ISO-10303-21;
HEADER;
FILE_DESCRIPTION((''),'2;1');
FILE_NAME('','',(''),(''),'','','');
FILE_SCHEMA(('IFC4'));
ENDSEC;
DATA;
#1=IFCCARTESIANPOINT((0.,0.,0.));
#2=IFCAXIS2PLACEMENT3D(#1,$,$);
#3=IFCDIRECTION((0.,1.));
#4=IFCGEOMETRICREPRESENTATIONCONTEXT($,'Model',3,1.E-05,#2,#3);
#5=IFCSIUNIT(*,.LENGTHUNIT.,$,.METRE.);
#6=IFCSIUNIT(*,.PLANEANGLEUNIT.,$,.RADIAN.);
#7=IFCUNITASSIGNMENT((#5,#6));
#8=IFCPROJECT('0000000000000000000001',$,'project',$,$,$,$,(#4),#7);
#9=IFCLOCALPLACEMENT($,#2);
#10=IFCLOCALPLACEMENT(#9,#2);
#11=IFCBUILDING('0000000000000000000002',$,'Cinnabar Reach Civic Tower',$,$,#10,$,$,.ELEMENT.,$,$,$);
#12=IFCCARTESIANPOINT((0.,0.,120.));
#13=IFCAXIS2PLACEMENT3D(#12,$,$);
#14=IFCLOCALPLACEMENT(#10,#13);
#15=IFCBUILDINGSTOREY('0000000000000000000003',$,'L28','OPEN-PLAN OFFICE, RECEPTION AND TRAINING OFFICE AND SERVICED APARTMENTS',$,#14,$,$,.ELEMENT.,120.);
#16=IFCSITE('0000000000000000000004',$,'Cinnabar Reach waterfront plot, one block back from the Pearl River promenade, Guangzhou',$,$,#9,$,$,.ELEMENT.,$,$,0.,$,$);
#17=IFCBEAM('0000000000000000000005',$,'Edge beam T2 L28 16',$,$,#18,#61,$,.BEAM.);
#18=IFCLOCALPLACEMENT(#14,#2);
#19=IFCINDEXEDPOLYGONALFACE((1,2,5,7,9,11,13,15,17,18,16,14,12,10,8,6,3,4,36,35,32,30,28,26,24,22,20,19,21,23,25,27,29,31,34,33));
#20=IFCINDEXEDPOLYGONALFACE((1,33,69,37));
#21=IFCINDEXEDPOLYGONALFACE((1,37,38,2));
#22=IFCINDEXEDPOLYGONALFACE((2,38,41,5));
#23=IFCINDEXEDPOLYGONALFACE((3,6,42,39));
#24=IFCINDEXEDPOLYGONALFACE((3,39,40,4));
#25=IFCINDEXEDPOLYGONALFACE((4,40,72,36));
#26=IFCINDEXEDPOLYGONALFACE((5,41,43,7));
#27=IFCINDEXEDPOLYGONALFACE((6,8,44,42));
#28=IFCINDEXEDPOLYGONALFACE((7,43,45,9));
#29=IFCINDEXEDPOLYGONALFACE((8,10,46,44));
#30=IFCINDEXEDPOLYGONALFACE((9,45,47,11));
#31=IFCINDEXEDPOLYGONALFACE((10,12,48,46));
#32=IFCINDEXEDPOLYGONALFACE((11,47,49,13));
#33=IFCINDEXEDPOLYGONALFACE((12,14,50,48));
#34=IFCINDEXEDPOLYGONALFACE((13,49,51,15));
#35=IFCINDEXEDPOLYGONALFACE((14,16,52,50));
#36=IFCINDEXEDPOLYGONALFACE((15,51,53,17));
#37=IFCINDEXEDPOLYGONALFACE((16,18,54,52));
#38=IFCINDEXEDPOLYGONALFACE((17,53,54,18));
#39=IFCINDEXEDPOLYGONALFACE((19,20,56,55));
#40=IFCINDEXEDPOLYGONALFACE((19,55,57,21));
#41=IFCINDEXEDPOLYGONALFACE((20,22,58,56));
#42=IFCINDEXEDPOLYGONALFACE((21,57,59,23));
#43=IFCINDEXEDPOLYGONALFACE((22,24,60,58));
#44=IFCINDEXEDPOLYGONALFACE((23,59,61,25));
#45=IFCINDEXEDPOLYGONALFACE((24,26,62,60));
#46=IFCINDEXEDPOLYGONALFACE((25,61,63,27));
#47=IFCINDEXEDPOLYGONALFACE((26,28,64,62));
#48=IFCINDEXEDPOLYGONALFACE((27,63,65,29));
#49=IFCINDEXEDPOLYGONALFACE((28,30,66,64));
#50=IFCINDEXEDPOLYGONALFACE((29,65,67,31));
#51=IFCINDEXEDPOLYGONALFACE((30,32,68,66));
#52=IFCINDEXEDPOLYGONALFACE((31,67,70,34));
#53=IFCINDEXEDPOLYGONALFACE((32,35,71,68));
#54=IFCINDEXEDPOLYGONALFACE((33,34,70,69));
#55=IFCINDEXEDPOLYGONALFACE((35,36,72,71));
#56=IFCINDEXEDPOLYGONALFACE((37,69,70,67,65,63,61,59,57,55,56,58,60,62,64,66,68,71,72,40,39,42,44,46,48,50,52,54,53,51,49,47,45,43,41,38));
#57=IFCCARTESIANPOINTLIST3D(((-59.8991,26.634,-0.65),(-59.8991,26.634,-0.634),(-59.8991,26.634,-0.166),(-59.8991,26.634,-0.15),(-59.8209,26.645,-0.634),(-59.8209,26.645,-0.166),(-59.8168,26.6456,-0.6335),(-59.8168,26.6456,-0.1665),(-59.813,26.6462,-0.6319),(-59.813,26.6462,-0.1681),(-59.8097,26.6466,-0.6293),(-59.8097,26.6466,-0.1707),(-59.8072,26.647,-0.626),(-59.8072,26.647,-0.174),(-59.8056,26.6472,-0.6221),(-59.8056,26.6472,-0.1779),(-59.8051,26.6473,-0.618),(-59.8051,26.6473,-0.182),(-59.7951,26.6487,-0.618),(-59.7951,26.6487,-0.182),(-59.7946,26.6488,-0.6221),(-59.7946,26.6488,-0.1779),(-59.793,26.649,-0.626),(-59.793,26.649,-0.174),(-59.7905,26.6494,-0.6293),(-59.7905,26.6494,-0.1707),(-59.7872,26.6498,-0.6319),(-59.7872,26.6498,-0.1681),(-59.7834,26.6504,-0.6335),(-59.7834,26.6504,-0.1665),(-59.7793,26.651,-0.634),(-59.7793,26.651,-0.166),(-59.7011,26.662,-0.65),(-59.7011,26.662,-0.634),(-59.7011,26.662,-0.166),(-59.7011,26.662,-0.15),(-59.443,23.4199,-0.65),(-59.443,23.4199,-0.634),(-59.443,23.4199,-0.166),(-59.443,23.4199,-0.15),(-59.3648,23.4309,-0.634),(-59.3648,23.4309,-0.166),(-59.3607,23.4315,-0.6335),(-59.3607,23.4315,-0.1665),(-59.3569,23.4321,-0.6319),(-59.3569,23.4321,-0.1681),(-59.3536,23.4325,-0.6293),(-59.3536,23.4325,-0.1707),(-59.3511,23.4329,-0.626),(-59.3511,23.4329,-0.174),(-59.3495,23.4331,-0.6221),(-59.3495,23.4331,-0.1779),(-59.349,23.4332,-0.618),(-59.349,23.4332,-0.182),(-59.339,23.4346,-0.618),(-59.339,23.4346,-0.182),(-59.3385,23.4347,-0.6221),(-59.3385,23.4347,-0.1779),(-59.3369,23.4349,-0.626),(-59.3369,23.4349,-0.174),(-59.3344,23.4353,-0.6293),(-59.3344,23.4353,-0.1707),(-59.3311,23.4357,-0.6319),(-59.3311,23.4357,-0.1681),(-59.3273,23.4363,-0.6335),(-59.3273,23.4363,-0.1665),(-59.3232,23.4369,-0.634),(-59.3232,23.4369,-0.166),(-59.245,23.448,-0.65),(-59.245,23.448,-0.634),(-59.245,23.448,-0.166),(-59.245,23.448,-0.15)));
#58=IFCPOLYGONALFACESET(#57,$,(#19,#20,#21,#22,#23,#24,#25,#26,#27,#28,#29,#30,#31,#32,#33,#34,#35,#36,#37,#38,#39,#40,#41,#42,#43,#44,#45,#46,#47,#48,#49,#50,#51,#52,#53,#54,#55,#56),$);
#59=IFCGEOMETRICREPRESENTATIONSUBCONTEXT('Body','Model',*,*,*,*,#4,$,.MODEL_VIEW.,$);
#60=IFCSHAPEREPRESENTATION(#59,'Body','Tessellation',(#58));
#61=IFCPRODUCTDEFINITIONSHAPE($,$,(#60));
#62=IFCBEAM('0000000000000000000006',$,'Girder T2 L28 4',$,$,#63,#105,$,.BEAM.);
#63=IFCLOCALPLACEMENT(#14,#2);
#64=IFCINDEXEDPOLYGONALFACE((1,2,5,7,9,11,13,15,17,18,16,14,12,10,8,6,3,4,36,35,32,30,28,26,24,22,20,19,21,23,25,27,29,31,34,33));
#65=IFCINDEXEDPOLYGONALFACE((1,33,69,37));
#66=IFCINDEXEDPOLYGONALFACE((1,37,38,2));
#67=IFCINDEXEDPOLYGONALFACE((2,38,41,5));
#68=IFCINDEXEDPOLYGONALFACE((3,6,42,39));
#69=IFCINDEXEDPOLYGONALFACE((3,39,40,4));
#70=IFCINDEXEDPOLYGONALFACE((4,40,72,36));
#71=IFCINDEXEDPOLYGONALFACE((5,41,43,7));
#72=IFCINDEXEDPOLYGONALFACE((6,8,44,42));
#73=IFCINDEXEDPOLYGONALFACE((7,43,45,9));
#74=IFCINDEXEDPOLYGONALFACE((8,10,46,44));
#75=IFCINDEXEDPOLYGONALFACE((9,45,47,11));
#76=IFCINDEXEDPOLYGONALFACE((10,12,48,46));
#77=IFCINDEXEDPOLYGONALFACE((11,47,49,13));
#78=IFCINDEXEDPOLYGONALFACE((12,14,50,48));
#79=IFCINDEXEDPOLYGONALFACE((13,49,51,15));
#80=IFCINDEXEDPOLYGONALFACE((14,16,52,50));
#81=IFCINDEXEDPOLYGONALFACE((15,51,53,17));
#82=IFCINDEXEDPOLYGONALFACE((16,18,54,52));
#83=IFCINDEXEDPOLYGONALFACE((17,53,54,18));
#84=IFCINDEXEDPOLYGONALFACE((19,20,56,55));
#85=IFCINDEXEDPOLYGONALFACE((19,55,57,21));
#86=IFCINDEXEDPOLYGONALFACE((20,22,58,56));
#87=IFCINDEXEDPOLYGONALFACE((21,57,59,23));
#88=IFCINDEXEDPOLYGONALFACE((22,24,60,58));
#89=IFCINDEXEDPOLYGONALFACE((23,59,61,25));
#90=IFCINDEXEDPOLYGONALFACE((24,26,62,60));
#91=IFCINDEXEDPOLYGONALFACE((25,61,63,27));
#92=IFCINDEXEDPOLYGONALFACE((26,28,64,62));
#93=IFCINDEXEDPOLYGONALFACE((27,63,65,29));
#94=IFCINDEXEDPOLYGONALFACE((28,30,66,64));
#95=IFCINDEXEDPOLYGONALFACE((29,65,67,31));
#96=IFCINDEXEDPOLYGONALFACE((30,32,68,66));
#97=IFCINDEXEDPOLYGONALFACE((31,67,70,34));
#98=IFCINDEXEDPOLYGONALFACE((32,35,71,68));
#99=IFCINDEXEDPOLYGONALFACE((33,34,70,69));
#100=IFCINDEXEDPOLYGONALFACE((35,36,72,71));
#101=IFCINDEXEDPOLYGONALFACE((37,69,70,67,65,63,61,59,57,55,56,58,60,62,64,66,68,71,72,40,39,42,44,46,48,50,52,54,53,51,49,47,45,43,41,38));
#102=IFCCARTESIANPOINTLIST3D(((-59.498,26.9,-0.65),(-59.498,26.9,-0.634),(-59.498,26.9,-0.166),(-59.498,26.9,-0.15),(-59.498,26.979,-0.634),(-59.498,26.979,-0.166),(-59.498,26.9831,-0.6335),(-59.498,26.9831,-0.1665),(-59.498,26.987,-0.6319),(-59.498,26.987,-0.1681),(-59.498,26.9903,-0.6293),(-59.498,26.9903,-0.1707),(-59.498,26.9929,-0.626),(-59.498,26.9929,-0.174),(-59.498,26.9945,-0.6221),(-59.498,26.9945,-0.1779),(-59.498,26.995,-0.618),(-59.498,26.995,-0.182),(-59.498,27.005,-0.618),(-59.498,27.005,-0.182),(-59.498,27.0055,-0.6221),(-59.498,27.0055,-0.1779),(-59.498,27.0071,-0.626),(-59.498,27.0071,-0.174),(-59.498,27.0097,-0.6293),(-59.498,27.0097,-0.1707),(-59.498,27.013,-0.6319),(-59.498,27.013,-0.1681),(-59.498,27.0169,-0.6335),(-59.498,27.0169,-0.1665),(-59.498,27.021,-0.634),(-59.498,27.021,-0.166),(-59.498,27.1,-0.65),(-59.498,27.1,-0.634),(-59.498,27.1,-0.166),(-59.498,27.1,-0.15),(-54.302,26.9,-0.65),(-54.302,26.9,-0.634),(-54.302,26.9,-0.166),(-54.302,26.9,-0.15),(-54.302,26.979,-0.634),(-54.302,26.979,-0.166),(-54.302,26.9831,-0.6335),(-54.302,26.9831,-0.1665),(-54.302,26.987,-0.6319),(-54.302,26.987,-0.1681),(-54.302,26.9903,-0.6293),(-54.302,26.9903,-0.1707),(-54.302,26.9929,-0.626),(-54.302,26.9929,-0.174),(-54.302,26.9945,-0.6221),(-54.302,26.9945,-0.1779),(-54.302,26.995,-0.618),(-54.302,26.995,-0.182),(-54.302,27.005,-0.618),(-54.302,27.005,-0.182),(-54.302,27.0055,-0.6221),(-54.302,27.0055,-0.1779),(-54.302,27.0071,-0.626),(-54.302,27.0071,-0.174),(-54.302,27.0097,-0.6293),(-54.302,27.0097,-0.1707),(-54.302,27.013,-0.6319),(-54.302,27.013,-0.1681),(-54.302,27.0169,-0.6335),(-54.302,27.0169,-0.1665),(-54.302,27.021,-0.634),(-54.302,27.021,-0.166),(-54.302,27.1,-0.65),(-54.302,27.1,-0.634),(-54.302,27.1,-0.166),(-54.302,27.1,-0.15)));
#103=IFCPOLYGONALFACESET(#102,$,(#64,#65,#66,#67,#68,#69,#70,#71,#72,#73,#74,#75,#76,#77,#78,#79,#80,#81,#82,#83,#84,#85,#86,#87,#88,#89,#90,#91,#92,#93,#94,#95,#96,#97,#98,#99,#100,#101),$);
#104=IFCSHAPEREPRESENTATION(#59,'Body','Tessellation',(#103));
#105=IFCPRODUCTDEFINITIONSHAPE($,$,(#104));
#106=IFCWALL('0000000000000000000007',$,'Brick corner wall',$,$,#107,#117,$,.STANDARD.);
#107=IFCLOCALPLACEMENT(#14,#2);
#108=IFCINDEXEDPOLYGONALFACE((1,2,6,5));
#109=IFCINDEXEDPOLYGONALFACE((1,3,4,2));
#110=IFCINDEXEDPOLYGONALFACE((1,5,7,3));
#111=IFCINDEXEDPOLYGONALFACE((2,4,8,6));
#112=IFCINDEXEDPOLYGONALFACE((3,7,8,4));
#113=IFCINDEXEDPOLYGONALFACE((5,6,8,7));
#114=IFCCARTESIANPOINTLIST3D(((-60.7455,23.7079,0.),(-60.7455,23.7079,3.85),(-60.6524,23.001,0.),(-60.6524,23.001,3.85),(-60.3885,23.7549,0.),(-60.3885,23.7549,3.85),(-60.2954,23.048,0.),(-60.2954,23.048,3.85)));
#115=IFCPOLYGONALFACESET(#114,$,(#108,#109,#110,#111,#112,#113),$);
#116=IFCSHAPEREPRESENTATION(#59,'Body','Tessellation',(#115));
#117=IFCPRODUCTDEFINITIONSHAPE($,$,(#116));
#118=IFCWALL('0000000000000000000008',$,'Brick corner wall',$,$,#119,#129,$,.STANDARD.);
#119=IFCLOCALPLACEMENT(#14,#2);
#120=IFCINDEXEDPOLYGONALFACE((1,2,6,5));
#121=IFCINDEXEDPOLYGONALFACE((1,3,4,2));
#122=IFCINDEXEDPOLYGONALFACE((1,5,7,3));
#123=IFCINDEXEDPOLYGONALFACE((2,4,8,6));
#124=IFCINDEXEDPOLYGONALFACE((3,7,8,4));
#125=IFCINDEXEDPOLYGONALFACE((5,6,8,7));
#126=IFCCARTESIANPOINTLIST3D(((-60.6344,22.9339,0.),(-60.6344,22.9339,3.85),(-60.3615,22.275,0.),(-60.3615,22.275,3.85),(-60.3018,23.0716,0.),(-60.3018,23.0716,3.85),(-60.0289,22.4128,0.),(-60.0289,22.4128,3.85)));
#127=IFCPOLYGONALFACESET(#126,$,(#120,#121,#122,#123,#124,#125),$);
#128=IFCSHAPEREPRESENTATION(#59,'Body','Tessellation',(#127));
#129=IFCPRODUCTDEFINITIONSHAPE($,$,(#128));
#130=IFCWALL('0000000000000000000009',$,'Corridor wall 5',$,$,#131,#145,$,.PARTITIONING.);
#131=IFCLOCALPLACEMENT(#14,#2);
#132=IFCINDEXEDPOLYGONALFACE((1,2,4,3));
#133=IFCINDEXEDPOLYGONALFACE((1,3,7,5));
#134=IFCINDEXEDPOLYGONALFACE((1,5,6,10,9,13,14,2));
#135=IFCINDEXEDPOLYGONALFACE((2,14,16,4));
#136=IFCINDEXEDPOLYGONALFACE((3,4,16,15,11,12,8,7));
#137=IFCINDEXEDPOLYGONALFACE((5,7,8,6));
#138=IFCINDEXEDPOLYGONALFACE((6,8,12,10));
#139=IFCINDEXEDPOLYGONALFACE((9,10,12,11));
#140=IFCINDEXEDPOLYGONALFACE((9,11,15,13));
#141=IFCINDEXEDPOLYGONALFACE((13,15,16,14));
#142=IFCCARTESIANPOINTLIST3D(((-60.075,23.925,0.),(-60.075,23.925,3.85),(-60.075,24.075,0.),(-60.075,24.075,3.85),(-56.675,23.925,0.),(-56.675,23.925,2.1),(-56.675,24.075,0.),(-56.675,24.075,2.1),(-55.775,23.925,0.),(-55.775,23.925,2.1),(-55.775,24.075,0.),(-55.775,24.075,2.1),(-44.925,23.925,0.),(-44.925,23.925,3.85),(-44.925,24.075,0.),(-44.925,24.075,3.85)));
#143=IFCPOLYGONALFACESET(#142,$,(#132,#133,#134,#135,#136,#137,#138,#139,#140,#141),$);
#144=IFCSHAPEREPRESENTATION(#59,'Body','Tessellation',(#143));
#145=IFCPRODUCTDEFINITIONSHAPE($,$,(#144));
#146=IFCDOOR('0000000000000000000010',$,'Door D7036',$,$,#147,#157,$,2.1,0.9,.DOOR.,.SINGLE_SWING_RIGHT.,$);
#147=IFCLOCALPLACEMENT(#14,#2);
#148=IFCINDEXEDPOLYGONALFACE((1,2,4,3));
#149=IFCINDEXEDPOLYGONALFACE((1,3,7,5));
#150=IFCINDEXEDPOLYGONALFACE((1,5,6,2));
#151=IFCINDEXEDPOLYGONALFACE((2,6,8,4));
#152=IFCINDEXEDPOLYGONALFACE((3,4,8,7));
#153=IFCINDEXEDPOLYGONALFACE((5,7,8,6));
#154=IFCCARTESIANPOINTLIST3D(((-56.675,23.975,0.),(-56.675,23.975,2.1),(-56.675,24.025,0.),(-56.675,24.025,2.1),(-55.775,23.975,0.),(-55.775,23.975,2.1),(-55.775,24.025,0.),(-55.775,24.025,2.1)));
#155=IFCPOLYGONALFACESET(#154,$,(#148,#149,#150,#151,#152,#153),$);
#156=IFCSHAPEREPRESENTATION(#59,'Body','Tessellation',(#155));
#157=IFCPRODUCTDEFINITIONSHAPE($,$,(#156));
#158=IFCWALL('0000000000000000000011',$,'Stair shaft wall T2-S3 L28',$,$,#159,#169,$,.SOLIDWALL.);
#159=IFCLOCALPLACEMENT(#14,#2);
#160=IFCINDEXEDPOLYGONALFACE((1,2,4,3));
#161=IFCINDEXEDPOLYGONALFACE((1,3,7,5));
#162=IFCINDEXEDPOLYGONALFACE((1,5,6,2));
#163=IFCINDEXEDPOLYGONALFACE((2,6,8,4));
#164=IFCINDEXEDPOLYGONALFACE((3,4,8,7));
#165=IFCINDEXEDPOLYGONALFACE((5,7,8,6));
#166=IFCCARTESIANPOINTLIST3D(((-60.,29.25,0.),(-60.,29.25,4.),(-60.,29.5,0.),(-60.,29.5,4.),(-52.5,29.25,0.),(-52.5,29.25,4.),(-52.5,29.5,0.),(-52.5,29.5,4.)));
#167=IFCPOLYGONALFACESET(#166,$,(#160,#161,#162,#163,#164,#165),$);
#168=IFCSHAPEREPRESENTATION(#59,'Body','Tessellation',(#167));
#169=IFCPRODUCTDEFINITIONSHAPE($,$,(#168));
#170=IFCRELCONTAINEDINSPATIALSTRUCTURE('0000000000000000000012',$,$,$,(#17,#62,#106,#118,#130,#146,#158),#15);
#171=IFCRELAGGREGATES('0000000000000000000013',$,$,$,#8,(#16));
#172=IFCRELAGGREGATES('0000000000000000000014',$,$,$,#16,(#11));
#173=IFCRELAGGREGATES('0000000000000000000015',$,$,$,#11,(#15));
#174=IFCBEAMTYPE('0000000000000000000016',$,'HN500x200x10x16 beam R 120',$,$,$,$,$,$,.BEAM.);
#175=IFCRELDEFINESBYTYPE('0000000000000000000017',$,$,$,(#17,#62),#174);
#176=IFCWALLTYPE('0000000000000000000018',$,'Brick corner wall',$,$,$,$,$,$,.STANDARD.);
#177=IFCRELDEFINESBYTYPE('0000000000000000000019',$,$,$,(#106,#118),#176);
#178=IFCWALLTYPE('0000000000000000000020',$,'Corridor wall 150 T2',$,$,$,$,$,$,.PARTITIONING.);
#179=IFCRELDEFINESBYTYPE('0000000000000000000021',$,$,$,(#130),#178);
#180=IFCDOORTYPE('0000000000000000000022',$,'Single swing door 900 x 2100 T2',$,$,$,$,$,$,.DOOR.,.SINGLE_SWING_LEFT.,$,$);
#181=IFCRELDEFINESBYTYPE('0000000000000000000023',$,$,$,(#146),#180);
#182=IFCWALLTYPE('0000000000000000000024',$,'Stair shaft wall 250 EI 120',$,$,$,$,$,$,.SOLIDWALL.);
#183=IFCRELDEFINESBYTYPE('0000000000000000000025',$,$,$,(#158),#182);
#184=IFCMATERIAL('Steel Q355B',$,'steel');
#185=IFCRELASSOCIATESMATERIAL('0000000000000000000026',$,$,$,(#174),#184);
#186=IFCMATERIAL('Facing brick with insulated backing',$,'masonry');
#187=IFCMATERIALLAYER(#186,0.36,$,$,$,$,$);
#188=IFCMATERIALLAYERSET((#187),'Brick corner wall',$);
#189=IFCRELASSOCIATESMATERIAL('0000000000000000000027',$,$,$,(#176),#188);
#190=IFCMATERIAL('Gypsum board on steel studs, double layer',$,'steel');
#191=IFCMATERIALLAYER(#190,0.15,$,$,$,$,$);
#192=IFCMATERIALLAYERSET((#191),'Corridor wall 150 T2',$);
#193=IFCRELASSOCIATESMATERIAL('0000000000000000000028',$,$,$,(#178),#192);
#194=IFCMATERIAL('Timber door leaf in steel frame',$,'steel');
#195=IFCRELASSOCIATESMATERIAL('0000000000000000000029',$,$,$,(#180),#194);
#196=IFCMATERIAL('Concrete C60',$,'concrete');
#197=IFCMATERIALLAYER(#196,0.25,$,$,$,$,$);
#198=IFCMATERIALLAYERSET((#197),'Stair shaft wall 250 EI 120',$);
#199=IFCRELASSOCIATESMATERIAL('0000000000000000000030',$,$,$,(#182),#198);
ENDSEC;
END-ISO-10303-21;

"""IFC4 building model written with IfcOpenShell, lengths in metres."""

from ifc_helpers import new_model, si_unit, direction, frame, frame_2d, origin, origin_2d, place, context, subcontext, project, spatial, rectangle, i_section, extrude, material, layer, layer_set, material_profile, profile_set, type_object, element, fill, save


model = new_model("IFC4")

# Units and contexts
model_context = context("Model", 3, precision=1e-05, world=origin(), true_north=direction((0.0, 1.0)))
body_context = subcontext(model_context, "Body", "Model", "MODEL_VIEW")
ifc_project = project(units=[si_unit("LENGTHUNIT", "METRE"), si_unit("PLANEANGLEUNIT", "RADIAN")], contexts=[model_context])

# Site, building, storey
site_placement = place(None, origin())
site = spatial("IfcSite", under=ifc_project, at=site_placement, Name="Cinnabar Reach waterfront plot, one block back from the Pearl River promenade, Guangzhou", CompositionType="ELEMENT", RefElevation=0.0)
building_placement = place(site_placement, origin())
building = spatial("IfcBuilding", under=site, at=building_placement, Name="Cinnabar Reach Civic Tower", CompositionType="ELEMENT")
storey_placement = place(building_placement, frame((0.0, 0.0, 120.0)))
storey = spatial("IfcBuildingStorey", under=building, at=storey_placement, Name="L28", Description="OPEN-PLAN OFFICE, RECEPTION AND TRAINING OFFICE AND SERVICED APARTMENTS", CompositionType="ELEMENT", Elevation=120.0)

# Shared definitions
ifc_material_1 = material(Name="Concrete C60", Category="concrete")

# Beams
ifc_material_2 = material(Name="Steel Q355B", Category="steel")
ifc_material_profile_1 = material_profile(ifc_material_2, i_section(OverallWidth=0.2, OverallDepth=0.5, WebThickness=0.01, FlangeThickness=0.016, FilletRadius=0.016, at=origin_2d()), Name="HN500x200x10x16")
ifc_profile_set_1 = profile_set([ifc_material_profile_1], Name="Steel Q355B")
beam_type_1 = type_object("IfcBeamType", Name="HN500x200x10x16 beam R 120", PredefinedType="BEAM", material=ifc_profile_set_1)
beam_1_placement = place(storey_placement, frame((-59.8001, 26.648, -0.4), z_axis=(0.140498, -0.990081, 0.0), x_axis=(0.990081, 0.140498, 0.0)))
element("IfcBeam", 1, at=beam_1_placement, inside=storey, type_object=beam_type_1, Name="Edge beam T2 L28 16", PredefinedType="BEAM", context=body_context, shape_type="SweptSolid", body=[
    extrude(i_section(OverallWidth=0.2, OverallDepth=0.5, WebThickness=0.01, FlangeThickness=0.016, FilletRadius=0.016, at=origin_2d()), origin(), (0.0, 0.0, 1.0), 3.2463),
])
beam_2_placement = place(storey_placement, frame((-59.498, 27.0, -0.4), z_axis=(1.0, 0.0, 0.0), x_axis=(0.0, 1.0, 0.0)))
element("IfcBeam", 2, at=beam_2_placement, inside=storey, type_object=beam_type_1, Name="Girder T2 L28 4", PredefinedType="BEAM", context=body_context, shape_type="SweptSolid", body=[
    extrude(i_section(OverallWidth=0.2, OverallDepth=0.5, WebThickness=0.01, FlangeThickness=0.016, FilletRadius=0.016, at=origin_2d()), origin(), (0.0, 0.0, 1.0), 5.196),
])

# Walls
ifc_material_3 = material(Name="Facing brick with insulated backing", Category="masonry")
ifc_layer_1 = layer(ifc_material_3, 0.36)
ifc_layer_set_1 = layer_set([ifc_layer_1], Name="Brick corner wall")
wall_type_1 = type_object("IfcWallType", Name="Brick corner wall", PredefinedType="STANDARD", material=ifc_layer_set_1)
for number, where, z_axis, x_axis, name in (
    (3, (-60.567, 23.7314, 0.0), (0.0, 0.0, 1.0), (0.130556, -0.991441, 0.0), "Brick corner wall"),
    (4, (-60.4681, 23.0027, 0.0), (0.0, 0.0, 1.0), (0.382703, -0.923872, 0.0), "Brick corner wall"),
):
    element("IfcWall", number, at=place(storey_placement, frame(where, z_axis=z_axis, x_axis=x_axis)), inside=storey, type_object=wall_type_1, Name=name, PredefinedType="STANDARD", context=body_context, shape_type="SweptSolid", body=[
        extrude(rectangle(XDim=0.7131, YDim=0.36, at=frame_2d((0.3565, 0.0))), origin(), (0.0, 0.0, 1.0), 3.85),
    ])

# Wall, opening, door
ifc_material_4 = material(Name="Gypsum board on steel studs, double layer", Category="steel")
ifc_layer_2 = layer(ifc_material_4, 0.15)
ifc_layer_set_2 = layer_set([ifc_layer_2], Name="Corridor wall 150 T2")
wall_type_2 = type_object("IfcWallType", Name="Corridor wall 150 T2", PredefinedType="PARTITIONING", material=ifc_layer_set_2)
wall_1_placement = place(storey_placement, frame((-60.075, 24.0, 0.0), z_axis=(0.0, 0.0, 1.0), x_axis=(1.0, 0.0, 0.0)))
wall_1 = element("IfcWall", 5, at=wall_1_placement, inside=storey, type_object=wall_type_2, Name="Corridor wall 5", PredefinedType="PARTITIONING", context=body_context, shape_type="SweptSolid", body=[
    extrude(rectangle(XDim=15.15, YDim=0.15, at=frame_2d((7.575, 0.0))), origin(), (0.0, 0.0, 1.0), 3.85),
])
opening_placement = place(wall_1_placement, frame((3.4, 0.0, 0.0)))
opening = element("IfcOpeningElement", 6, at=opening_placement, cuts=wall_1, PredefinedType="OPENING", context=body_context, shape_type="SweptSolid", body=[
    extrude(rectangle(XDim=0.9, YDim=2.1, at=frame_2d((0.45, 1.05))), frame((0.0, 0.085, 0.0), z_axis=(0.0, -1.0, 0.0), x_axis=(1.0, 0.0, 0.0)), (0.0, 0.0, 1.0), 0.17),
])
ifc_material_5 = material(Name="Timber door leaf in steel frame", Category="steel")
door_type = type_object("IfcDoorType", Name="Single swing door 900 x 2100 T2", OperationType="SINGLE_SWING_LEFT", PredefinedType="DOOR", material=ifc_material_5)
door_placement = place(opening_placement, origin())
door = element("IfcDoor", 7, at=door_placement, inside=storey, type_object=door_type, Name="Door D7036", OperationType="SINGLE_SWING_RIGHT", OverallHeight=2.1, OverallWidth=0.9, PredefinedType="DOOR", context=body_context, shape_type="SweptSolid", body=[
    extrude(rectangle(XDim=0.9, YDim=2.1, at=frame_2d((0.45, 1.05))), frame((0.0, 0.025, 0.0), z_axis=(0.0, -1.0, 0.0), x_axis=(1.0, 0.0, 0.0)), (0.0, 0.0, 1.0), 0.05),
])
fill(opening, door)

# Wall
ifc_layer_3 = layer(ifc_material_1, 0.25)
ifc_layer_set_3 = layer_set([ifc_layer_3], Name="Stair shaft wall 250 EI 120")
wall_type_3 = type_object("IfcWallType", Name="Stair shaft wall 250 EI 120", PredefinedType="SOLIDWALL", material=ifc_layer_set_3)
wall_2_placement = place(storey_placement, frame((-60.0, 29.375, 0.0), z_axis=(0.0, 0.0, 1.0), x_axis=(1.0, 0.0, 0.0)))
element("IfcWall", 8, at=wall_2_placement, inside=storey, type_object=wall_type_3, Name="Stair shaft wall T2-S3 L28", PredefinedType="SOLIDWALL", context=body_context, shape_type="SweptSolid", body=[
    extrude(rectangle(XDim=7.5, YDim=0.25, at=frame_2d((3.75, 0.0))), origin(), (0.0, 0.0, 1.0), 4.0),
])

save(model, "model.ifc")
